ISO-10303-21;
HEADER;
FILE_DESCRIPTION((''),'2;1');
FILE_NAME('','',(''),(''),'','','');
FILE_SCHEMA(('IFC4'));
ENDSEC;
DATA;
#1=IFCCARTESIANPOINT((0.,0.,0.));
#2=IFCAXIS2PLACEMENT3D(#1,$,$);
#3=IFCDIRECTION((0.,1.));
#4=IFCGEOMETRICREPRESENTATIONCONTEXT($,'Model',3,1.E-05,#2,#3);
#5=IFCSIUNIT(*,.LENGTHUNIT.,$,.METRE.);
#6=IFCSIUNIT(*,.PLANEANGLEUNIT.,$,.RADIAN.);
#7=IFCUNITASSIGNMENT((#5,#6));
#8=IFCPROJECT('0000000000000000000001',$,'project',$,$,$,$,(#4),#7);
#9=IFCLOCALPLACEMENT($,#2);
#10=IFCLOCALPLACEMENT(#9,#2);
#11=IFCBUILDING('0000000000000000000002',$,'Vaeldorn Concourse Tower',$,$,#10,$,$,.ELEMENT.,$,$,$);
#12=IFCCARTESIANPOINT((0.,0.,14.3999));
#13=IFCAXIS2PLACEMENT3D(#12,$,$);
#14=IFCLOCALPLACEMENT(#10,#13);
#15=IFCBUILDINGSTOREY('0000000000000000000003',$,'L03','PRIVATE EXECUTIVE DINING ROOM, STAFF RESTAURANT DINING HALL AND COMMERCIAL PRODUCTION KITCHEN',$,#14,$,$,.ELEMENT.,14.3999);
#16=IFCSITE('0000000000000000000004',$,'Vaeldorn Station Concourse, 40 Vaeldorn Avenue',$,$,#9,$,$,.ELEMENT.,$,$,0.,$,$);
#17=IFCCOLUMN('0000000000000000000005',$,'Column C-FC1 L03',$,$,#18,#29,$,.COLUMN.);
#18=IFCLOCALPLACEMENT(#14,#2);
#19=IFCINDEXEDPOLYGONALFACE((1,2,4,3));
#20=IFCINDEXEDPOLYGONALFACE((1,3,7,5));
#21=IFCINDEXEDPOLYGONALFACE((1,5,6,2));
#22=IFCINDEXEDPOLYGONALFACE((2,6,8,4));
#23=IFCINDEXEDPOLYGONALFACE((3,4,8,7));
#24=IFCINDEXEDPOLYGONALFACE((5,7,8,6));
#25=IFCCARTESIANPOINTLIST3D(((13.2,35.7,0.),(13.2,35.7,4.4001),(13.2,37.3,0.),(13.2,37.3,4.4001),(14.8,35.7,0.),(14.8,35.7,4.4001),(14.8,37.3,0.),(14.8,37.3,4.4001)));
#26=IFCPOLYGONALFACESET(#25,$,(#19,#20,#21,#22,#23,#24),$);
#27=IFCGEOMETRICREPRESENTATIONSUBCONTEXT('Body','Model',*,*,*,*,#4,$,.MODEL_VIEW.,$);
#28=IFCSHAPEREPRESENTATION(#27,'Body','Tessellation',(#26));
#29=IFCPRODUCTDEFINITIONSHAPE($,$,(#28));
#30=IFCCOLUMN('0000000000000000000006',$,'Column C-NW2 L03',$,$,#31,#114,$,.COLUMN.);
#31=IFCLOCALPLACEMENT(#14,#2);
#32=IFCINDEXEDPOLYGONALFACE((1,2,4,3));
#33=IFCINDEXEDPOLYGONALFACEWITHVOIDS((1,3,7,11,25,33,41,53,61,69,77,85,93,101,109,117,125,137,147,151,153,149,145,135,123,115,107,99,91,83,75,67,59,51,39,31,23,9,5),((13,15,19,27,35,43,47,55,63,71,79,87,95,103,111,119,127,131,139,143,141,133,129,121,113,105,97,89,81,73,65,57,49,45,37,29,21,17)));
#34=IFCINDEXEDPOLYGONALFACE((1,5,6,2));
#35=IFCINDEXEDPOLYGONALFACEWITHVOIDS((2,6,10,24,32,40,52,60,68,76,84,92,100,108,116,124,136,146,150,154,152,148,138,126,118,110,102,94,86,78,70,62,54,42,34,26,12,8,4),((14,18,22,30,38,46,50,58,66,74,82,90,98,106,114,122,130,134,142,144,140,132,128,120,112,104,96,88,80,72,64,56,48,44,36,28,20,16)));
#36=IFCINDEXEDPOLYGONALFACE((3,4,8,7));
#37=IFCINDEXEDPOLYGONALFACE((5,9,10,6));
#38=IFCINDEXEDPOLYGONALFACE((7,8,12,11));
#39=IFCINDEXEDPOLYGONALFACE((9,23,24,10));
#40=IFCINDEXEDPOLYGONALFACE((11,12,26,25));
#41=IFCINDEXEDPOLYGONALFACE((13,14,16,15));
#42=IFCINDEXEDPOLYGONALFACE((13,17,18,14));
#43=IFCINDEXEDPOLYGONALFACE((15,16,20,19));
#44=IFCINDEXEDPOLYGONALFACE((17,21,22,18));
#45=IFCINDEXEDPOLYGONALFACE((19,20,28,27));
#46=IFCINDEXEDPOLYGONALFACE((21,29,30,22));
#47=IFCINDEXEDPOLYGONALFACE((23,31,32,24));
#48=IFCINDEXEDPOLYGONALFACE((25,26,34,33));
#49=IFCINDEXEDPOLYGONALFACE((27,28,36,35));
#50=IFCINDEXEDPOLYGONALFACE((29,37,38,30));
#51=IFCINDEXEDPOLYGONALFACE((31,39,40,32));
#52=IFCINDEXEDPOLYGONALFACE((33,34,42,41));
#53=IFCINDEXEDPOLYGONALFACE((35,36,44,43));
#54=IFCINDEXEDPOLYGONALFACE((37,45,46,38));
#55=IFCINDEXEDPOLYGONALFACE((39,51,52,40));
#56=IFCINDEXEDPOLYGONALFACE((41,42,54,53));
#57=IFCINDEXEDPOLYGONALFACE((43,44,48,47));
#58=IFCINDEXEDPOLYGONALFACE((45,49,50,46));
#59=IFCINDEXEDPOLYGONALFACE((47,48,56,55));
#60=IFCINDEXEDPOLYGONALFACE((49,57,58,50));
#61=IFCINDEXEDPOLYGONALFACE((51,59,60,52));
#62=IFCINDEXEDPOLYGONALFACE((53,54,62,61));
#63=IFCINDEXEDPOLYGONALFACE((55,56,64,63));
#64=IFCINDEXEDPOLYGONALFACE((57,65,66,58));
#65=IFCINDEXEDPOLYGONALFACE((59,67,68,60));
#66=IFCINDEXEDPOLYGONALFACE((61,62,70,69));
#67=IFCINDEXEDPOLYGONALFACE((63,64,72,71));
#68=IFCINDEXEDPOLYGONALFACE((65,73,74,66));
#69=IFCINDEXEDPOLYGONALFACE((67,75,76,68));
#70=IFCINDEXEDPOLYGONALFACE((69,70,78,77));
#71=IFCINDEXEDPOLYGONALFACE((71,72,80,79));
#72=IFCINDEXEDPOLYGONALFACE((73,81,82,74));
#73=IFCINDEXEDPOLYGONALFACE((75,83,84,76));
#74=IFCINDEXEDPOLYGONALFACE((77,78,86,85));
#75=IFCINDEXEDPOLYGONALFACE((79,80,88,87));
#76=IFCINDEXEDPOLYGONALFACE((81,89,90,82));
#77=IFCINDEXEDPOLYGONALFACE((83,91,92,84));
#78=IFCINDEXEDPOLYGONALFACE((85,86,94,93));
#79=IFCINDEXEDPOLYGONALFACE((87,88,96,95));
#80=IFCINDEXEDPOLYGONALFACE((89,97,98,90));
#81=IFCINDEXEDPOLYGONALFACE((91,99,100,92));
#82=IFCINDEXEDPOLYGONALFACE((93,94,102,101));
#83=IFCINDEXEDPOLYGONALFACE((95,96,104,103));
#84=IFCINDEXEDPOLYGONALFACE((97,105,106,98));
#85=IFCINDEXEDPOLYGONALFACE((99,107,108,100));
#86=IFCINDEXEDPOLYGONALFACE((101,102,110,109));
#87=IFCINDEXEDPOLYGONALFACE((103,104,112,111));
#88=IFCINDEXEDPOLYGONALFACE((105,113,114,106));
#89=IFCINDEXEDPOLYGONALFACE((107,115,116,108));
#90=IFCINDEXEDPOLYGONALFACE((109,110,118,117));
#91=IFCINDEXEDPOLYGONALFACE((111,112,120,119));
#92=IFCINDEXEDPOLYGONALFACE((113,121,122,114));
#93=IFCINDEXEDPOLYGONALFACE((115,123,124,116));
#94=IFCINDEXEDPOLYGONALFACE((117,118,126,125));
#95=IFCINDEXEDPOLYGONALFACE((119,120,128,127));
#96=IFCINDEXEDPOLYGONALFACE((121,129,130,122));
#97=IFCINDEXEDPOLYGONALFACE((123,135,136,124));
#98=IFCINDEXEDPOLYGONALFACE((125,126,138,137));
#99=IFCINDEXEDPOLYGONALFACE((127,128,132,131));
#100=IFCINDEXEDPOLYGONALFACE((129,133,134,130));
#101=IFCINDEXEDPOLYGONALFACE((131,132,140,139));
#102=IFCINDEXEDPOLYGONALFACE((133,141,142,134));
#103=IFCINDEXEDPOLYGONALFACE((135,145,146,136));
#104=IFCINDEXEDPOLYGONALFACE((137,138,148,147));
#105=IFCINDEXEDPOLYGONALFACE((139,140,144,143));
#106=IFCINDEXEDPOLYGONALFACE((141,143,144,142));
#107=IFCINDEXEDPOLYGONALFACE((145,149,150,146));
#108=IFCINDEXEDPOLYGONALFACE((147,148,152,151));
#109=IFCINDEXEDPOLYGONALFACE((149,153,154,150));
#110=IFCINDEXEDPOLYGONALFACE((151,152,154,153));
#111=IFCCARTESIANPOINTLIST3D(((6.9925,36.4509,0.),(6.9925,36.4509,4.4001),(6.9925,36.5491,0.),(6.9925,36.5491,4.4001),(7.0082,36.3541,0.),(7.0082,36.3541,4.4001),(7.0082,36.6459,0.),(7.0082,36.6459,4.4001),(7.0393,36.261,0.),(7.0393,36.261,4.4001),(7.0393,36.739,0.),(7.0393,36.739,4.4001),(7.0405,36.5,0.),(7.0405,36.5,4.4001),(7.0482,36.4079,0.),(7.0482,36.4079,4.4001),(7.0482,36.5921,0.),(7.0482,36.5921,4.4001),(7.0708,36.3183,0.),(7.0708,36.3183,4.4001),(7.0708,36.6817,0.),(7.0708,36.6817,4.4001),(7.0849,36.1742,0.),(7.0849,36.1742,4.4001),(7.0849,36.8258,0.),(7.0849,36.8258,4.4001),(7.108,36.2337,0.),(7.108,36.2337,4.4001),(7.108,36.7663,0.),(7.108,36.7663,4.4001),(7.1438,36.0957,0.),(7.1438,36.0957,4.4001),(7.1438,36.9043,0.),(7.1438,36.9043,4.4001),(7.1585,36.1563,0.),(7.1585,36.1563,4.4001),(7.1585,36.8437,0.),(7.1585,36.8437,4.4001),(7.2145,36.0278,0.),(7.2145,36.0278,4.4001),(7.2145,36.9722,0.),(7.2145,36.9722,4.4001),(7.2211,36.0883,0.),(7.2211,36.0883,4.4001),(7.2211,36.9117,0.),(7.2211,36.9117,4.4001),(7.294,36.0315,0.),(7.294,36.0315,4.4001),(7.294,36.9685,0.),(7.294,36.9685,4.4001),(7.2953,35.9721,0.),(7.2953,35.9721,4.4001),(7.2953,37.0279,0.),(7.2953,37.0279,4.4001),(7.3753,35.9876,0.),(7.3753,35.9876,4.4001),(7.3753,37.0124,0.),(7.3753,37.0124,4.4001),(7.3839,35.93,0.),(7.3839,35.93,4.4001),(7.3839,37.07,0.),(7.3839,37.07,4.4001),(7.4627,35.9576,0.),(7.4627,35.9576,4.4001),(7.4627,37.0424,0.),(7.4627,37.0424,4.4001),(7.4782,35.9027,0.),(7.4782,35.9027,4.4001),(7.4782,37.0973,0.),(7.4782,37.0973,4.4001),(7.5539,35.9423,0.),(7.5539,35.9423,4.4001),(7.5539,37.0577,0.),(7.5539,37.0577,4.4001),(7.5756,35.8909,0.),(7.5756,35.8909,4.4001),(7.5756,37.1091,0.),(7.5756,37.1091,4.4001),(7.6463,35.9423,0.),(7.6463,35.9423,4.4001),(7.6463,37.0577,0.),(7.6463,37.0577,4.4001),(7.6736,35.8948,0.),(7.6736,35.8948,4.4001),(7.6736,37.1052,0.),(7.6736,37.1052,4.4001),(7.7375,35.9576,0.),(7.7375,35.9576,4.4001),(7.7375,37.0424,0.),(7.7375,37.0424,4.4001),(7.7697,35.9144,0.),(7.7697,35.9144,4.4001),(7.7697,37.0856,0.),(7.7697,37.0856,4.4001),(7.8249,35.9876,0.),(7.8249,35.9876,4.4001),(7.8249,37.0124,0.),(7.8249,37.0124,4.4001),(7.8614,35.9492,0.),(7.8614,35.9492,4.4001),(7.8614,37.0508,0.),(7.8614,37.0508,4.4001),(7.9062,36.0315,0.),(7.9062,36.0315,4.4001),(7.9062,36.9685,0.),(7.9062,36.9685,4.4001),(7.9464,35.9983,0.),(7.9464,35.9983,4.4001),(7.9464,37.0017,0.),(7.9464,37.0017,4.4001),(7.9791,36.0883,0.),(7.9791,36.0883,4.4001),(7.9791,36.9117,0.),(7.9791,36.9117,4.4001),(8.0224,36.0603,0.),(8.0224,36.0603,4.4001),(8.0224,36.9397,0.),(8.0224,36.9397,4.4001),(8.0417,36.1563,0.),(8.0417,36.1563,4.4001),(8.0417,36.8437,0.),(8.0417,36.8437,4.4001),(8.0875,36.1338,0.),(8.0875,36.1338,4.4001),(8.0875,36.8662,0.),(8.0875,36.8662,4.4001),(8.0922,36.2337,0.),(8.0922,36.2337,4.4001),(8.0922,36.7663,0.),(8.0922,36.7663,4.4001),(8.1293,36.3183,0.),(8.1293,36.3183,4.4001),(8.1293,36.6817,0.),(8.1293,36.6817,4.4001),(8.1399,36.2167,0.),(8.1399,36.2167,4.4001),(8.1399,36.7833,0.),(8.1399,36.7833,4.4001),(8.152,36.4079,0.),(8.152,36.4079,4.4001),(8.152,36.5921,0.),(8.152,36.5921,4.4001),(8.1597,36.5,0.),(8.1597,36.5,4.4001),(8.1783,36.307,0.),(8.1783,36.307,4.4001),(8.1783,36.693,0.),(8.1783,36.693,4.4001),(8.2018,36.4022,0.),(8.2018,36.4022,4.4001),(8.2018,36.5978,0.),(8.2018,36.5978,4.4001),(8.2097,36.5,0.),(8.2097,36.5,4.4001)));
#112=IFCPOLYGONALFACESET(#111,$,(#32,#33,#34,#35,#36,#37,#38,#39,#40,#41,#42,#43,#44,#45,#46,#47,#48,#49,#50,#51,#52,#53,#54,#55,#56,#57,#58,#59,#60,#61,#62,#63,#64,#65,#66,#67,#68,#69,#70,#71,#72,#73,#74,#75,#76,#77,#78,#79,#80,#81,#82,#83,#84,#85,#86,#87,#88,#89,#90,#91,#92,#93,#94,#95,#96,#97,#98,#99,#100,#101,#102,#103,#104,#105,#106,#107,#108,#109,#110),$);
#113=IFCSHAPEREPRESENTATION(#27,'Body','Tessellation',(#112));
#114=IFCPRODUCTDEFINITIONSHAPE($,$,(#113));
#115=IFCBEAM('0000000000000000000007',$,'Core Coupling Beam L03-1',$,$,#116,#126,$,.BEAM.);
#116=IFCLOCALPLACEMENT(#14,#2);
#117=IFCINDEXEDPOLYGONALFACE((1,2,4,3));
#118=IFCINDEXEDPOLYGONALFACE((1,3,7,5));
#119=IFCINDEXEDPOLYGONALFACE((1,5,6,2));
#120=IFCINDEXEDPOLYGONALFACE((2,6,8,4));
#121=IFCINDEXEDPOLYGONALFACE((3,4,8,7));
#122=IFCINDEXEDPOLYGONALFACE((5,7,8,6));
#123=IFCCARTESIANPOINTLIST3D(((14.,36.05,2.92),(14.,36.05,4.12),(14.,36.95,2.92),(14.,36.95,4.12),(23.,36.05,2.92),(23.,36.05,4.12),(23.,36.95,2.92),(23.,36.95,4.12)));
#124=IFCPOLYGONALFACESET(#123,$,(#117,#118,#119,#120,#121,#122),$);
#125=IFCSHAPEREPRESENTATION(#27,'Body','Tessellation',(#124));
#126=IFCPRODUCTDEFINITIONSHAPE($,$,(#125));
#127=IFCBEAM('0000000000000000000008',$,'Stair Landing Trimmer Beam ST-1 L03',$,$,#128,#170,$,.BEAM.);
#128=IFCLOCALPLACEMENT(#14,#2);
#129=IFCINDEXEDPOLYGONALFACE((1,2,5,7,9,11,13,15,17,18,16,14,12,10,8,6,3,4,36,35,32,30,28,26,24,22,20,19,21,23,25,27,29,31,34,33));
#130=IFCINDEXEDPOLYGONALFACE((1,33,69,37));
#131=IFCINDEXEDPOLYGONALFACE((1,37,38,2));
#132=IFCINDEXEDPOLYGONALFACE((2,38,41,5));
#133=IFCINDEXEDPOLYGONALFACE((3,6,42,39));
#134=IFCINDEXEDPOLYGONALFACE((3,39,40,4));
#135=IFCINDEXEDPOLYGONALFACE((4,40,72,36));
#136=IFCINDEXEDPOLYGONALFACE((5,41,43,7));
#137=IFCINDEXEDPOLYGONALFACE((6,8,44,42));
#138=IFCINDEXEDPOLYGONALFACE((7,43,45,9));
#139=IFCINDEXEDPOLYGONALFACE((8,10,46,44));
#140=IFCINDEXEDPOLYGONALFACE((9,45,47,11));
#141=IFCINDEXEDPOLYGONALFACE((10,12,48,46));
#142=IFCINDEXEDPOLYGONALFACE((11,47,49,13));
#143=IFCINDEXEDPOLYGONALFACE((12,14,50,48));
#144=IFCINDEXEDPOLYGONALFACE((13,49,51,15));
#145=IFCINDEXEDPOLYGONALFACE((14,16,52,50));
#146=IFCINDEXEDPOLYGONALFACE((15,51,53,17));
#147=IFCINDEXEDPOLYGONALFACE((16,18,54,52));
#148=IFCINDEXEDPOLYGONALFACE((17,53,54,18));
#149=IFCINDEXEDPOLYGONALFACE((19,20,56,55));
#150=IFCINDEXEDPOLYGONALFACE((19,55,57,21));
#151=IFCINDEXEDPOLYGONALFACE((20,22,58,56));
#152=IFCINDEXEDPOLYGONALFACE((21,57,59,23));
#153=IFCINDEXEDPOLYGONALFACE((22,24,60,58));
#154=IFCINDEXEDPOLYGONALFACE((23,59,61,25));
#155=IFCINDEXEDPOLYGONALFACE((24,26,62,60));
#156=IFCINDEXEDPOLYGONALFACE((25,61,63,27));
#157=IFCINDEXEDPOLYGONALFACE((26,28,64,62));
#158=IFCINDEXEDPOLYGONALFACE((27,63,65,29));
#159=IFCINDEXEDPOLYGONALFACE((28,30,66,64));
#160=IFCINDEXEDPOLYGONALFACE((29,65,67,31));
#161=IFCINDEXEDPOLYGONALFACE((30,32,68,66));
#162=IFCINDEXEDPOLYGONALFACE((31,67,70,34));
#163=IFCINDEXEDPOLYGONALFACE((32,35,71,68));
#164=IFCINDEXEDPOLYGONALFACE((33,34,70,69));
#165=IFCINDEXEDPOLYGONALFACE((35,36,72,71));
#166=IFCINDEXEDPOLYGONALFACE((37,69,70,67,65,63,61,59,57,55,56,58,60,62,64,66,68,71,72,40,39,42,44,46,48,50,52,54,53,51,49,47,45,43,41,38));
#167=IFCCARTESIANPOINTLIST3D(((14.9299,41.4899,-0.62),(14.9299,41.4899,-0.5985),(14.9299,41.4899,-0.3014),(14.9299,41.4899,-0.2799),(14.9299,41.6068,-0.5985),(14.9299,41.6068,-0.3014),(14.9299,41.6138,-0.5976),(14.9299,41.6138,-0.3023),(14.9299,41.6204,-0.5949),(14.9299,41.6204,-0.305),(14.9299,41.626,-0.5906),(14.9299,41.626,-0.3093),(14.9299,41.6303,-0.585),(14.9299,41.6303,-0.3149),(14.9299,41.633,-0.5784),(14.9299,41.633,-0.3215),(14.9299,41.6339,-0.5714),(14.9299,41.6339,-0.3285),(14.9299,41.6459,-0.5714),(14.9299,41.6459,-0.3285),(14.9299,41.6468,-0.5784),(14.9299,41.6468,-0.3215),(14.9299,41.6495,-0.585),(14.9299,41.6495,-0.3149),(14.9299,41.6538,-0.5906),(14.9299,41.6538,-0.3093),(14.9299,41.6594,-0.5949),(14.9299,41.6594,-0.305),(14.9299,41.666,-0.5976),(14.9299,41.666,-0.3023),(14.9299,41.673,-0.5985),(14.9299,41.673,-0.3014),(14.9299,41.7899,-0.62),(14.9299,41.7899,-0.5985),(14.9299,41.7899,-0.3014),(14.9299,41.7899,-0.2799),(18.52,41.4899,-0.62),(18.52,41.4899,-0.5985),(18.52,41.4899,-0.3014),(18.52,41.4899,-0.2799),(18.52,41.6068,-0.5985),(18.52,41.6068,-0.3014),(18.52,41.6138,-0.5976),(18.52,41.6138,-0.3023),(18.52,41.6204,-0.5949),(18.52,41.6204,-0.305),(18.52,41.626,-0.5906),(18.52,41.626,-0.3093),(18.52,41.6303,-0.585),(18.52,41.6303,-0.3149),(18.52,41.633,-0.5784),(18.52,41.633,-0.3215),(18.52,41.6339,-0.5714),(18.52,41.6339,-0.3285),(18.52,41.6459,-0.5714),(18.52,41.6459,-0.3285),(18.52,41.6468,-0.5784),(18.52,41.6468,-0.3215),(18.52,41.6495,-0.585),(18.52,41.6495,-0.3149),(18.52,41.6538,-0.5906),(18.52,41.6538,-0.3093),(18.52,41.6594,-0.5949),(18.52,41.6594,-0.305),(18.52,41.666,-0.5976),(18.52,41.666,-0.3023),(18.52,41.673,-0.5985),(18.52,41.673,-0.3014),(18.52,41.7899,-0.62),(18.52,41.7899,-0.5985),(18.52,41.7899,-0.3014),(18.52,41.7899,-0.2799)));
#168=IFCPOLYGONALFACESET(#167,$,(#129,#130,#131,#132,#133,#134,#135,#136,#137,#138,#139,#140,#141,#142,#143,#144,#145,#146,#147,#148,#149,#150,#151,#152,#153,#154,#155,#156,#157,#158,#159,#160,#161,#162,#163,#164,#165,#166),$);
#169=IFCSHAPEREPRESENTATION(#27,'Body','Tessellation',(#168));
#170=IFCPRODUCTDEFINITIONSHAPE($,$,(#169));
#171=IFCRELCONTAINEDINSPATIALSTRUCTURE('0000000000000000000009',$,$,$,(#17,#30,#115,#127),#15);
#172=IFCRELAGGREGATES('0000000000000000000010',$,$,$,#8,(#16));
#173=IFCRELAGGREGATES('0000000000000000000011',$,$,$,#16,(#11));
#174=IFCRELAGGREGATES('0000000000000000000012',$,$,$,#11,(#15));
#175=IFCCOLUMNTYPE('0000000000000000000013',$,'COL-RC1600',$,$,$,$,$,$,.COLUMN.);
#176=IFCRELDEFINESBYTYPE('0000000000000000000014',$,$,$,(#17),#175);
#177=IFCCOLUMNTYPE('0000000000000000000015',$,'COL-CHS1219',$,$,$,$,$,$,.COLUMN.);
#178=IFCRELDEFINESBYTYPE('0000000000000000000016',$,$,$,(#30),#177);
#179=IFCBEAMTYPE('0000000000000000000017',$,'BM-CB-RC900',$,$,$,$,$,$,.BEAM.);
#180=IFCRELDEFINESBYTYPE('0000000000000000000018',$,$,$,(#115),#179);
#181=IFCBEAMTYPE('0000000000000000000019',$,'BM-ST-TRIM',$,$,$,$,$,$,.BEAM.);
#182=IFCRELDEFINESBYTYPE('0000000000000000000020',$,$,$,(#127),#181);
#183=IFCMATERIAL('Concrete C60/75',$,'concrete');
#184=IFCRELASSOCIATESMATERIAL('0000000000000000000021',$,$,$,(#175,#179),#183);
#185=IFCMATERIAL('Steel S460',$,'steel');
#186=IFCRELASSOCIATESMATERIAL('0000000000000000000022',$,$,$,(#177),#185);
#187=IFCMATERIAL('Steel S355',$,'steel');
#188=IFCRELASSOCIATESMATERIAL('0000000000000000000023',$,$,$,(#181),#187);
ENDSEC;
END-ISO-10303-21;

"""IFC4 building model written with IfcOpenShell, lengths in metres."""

from ifc_helpers import new_model, si_unit, direction, frame, origin, origin_2d, place, context, subcontext, project, spatial, rectangle, hollow_circle, i_section, extrude, source, transform, mapped, material, material_profile, profile_set, type_object, element, save


model = new_model("IFC4")

# Units and contexts
model_context = context("Model", 3, precision=1e-05, world=origin(), true_north=direction((0.0, 1.0)))
body_context = subcontext(model_context, "Body", "Model", "MODEL_VIEW")
ifc_project = project(units=[si_unit("LENGTHUNIT", "METRE"), si_unit("PLANEANGLEUNIT", "RADIAN")], contexts=[model_context])

# Site, building, storey
site_placement = place(None, origin())
site = spatial("IfcSite", under=ifc_project, at=site_placement, Name="Vaeldorn Station Concourse, 40 Vaeldorn Avenue", CompositionType="ELEMENT", RefElevation=0.0)
building_placement = place(site_placement, origin())
building = spatial("IfcBuilding", under=site, at=building_placement, Name="Vaeldorn Concourse Tower", CompositionType="ELEMENT")
storey_placement = place(building_placement, frame((0.0, 0.0, 14.3999)))
storey = spatial("IfcBuildingStorey", under=building, at=storey_placement, Name="L03", Description="PRIVATE EXECUTIVE DINING ROOM, STAFF RESTAURANT DINING HALL AND COMMERCIAL PRODUCTION KITCHEN", CompositionType="ELEMENT", Elevation=14.3999)

# Columns
ifc_material_1 = material(Name="Concrete C60/75", Category="concrete")
ifc_material_profile_1 = material_profile(ifc_material_1, rectangle(XDim=1.6001, YDim=1.6001, at=origin_2d()), Name="RC 1600x1600")
ifc_profile_set_1 = profile_set([ifc_material_profile_1], Name="Concrete C60/75")
column_type_1 = type_object("IfcColumnType", Name="COL-RC1600", PredefinedType="COLUMN", material=ifc_profile_set_1)
shared_shape_1 = source(origin(), body_context, "Body", "SweptSolid", [
    extrude(rectangle(XDim=1.6001, YDim=1.6001, at=origin_2d()), origin(), (0.0, 0.0, 1.0), 4.4001),
])
column_1_placement = place(storey_placement, frame((14.0, 36.5, 0.0), z_axis=(0.0, 0.0, 1.0), x_axis=(1.0, 0.0, 0.0)))
element("IfcColumn", 1, at=column_1_placement, inside=storey, type_object=column_type_1, Name="Column C-FC1 L03", PredefinedType="COLUMN", context=body_context, shape_type="MappedRepresentation", body=[
    mapped(shared_shape_1, transform((0.0, 0.0, 0.0), scale=1.0)),
])
ifc_material_2 = material(Name="Steel S460", Category="steel")
ifc_material_profile_2 = material_profile(ifc_material_2, hollow_circle(Radius=0.6096, WallThickness=0.05, at=origin_2d()), Name="CHS 1219x50")
ifc_profile_set_2 = profile_set([ifc_material_profile_2], Name="Steel S460")
column_type_2 = type_object("IfcColumnType", Name="COL-CHS1219", PredefinedType="COLUMN", material=ifc_profile_set_2)
shared_shape_2 = source(origin(), body_context, "Body", "SweptSolid", [
    extrude(hollow_circle(Radius=0.6096, WallThickness=0.05, at=origin_2d()), origin(), (0.0, 0.0, 1.0), 4.4001),
])
column_2_placement = place(storey_placement, frame((7.6001, 36.5, 0.0), z_axis=(0.0, 0.0, 1.0), x_axis=(1.0, 0.0, 0.0)))
element("IfcColumn", 2, at=column_2_placement, inside=storey, type_object=column_type_2, Name="Column C-NW2 L03", PredefinedType="COLUMN", context=body_context, shape_type="MappedRepresentation", body=[
    mapped(shared_shape_2, transform((0.0, 0.0, 0.0), scale=1.0)),
])

# Beams
ifc_material_profile_3 = material_profile(ifc_material_1, rectangle(XDim=0.8999, YDim=1.2, at=origin_2d()), Name="RC 900x1200")
ifc_profile_set_3 = profile_set([ifc_material_profile_3], Name="Concrete C60/75")
beam_type_1 = type_object("IfcBeamType", Name="BM-CB-RC900", PredefinedType="BEAM", material=ifc_profile_set_3)
shared_shape_3 = source(origin(), body_context, "Body", "SweptSolid", [
    extrude(rectangle(XDim=0.8999, YDim=1.2, at=origin_2d()), origin(), (0.0, 0.0, 1.0), 9.0),
])
beam_1_placement = place(storey_placement, frame((14.0, 36.5, 3.52), z_axis=(1.0, 0.0, 0.0), x_axis=(0.0, 1.0, 0.0)))
element("IfcBeam", 3, at=beam_1_placement, inside=storey, type_object=beam_type_1, Name="Core Coupling Beam L03-1", PredefinedType="BEAM", context=body_context, shape_type="MappedRepresentation", body=[
    mapped(shared_shape_3, transform((0.0, 0.0, 0.0), scale=1.0)),
])
ifc_material_3 = material(Name="Steel S355", Category="steel")
ifc_material_profile_4 = material_profile(ifc_material_3, i_section(OverallWidth=0.3, OverallDepth=0.3401, WebThickness=0.012, FlangeThickness=0.0215, FilletRadius=0.0271, at=origin_2d()), Name="HEB 340")
ifc_profile_set_4 = profile_set([ifc_material_profile_4], Name="Steel S355")
beam_type_2 = type_object("IfcBeamType", Name="BM-ST-TRIM", PredefinedType="BEAM", material=ifc_profile_set_4)
shared_shape_4 = source(origin(), body_context, "Body", "SweptSolid", [
    extrude(i_section(OverallWidth=0.3, OverallDepth=0.3401, WebThickness=0.012, FlangeThickness=0.0215, FilletRadius=0.0271, at=origin_2d()), origin(), (0.0, 0.0, 1.0), 3.5901),
])
for number, where, z_axis, x_axis, name in (
    (4, (14.9299, 41.6399, -0.45), (1.0, 0.0, 0.0), (0.0, 1.0, 0.0), "Stair Landing Trimmer Beam ST-1 L03"),
):
    element("IfcBeam", number, at=place(storey_placement, frame(where, z_axis=z_axis, x_axis=x_axis)), inside=storey, type_object=beam_type_2, Name=name, PredefinedType="BEAM", context=body_context, shape_type="MappedRepresentation", body=[
        mapped(shared_shape_4, transform((0.0, 0.0, 0.0), scale=1.0)),
    ])

save(model, "model.ifc")
